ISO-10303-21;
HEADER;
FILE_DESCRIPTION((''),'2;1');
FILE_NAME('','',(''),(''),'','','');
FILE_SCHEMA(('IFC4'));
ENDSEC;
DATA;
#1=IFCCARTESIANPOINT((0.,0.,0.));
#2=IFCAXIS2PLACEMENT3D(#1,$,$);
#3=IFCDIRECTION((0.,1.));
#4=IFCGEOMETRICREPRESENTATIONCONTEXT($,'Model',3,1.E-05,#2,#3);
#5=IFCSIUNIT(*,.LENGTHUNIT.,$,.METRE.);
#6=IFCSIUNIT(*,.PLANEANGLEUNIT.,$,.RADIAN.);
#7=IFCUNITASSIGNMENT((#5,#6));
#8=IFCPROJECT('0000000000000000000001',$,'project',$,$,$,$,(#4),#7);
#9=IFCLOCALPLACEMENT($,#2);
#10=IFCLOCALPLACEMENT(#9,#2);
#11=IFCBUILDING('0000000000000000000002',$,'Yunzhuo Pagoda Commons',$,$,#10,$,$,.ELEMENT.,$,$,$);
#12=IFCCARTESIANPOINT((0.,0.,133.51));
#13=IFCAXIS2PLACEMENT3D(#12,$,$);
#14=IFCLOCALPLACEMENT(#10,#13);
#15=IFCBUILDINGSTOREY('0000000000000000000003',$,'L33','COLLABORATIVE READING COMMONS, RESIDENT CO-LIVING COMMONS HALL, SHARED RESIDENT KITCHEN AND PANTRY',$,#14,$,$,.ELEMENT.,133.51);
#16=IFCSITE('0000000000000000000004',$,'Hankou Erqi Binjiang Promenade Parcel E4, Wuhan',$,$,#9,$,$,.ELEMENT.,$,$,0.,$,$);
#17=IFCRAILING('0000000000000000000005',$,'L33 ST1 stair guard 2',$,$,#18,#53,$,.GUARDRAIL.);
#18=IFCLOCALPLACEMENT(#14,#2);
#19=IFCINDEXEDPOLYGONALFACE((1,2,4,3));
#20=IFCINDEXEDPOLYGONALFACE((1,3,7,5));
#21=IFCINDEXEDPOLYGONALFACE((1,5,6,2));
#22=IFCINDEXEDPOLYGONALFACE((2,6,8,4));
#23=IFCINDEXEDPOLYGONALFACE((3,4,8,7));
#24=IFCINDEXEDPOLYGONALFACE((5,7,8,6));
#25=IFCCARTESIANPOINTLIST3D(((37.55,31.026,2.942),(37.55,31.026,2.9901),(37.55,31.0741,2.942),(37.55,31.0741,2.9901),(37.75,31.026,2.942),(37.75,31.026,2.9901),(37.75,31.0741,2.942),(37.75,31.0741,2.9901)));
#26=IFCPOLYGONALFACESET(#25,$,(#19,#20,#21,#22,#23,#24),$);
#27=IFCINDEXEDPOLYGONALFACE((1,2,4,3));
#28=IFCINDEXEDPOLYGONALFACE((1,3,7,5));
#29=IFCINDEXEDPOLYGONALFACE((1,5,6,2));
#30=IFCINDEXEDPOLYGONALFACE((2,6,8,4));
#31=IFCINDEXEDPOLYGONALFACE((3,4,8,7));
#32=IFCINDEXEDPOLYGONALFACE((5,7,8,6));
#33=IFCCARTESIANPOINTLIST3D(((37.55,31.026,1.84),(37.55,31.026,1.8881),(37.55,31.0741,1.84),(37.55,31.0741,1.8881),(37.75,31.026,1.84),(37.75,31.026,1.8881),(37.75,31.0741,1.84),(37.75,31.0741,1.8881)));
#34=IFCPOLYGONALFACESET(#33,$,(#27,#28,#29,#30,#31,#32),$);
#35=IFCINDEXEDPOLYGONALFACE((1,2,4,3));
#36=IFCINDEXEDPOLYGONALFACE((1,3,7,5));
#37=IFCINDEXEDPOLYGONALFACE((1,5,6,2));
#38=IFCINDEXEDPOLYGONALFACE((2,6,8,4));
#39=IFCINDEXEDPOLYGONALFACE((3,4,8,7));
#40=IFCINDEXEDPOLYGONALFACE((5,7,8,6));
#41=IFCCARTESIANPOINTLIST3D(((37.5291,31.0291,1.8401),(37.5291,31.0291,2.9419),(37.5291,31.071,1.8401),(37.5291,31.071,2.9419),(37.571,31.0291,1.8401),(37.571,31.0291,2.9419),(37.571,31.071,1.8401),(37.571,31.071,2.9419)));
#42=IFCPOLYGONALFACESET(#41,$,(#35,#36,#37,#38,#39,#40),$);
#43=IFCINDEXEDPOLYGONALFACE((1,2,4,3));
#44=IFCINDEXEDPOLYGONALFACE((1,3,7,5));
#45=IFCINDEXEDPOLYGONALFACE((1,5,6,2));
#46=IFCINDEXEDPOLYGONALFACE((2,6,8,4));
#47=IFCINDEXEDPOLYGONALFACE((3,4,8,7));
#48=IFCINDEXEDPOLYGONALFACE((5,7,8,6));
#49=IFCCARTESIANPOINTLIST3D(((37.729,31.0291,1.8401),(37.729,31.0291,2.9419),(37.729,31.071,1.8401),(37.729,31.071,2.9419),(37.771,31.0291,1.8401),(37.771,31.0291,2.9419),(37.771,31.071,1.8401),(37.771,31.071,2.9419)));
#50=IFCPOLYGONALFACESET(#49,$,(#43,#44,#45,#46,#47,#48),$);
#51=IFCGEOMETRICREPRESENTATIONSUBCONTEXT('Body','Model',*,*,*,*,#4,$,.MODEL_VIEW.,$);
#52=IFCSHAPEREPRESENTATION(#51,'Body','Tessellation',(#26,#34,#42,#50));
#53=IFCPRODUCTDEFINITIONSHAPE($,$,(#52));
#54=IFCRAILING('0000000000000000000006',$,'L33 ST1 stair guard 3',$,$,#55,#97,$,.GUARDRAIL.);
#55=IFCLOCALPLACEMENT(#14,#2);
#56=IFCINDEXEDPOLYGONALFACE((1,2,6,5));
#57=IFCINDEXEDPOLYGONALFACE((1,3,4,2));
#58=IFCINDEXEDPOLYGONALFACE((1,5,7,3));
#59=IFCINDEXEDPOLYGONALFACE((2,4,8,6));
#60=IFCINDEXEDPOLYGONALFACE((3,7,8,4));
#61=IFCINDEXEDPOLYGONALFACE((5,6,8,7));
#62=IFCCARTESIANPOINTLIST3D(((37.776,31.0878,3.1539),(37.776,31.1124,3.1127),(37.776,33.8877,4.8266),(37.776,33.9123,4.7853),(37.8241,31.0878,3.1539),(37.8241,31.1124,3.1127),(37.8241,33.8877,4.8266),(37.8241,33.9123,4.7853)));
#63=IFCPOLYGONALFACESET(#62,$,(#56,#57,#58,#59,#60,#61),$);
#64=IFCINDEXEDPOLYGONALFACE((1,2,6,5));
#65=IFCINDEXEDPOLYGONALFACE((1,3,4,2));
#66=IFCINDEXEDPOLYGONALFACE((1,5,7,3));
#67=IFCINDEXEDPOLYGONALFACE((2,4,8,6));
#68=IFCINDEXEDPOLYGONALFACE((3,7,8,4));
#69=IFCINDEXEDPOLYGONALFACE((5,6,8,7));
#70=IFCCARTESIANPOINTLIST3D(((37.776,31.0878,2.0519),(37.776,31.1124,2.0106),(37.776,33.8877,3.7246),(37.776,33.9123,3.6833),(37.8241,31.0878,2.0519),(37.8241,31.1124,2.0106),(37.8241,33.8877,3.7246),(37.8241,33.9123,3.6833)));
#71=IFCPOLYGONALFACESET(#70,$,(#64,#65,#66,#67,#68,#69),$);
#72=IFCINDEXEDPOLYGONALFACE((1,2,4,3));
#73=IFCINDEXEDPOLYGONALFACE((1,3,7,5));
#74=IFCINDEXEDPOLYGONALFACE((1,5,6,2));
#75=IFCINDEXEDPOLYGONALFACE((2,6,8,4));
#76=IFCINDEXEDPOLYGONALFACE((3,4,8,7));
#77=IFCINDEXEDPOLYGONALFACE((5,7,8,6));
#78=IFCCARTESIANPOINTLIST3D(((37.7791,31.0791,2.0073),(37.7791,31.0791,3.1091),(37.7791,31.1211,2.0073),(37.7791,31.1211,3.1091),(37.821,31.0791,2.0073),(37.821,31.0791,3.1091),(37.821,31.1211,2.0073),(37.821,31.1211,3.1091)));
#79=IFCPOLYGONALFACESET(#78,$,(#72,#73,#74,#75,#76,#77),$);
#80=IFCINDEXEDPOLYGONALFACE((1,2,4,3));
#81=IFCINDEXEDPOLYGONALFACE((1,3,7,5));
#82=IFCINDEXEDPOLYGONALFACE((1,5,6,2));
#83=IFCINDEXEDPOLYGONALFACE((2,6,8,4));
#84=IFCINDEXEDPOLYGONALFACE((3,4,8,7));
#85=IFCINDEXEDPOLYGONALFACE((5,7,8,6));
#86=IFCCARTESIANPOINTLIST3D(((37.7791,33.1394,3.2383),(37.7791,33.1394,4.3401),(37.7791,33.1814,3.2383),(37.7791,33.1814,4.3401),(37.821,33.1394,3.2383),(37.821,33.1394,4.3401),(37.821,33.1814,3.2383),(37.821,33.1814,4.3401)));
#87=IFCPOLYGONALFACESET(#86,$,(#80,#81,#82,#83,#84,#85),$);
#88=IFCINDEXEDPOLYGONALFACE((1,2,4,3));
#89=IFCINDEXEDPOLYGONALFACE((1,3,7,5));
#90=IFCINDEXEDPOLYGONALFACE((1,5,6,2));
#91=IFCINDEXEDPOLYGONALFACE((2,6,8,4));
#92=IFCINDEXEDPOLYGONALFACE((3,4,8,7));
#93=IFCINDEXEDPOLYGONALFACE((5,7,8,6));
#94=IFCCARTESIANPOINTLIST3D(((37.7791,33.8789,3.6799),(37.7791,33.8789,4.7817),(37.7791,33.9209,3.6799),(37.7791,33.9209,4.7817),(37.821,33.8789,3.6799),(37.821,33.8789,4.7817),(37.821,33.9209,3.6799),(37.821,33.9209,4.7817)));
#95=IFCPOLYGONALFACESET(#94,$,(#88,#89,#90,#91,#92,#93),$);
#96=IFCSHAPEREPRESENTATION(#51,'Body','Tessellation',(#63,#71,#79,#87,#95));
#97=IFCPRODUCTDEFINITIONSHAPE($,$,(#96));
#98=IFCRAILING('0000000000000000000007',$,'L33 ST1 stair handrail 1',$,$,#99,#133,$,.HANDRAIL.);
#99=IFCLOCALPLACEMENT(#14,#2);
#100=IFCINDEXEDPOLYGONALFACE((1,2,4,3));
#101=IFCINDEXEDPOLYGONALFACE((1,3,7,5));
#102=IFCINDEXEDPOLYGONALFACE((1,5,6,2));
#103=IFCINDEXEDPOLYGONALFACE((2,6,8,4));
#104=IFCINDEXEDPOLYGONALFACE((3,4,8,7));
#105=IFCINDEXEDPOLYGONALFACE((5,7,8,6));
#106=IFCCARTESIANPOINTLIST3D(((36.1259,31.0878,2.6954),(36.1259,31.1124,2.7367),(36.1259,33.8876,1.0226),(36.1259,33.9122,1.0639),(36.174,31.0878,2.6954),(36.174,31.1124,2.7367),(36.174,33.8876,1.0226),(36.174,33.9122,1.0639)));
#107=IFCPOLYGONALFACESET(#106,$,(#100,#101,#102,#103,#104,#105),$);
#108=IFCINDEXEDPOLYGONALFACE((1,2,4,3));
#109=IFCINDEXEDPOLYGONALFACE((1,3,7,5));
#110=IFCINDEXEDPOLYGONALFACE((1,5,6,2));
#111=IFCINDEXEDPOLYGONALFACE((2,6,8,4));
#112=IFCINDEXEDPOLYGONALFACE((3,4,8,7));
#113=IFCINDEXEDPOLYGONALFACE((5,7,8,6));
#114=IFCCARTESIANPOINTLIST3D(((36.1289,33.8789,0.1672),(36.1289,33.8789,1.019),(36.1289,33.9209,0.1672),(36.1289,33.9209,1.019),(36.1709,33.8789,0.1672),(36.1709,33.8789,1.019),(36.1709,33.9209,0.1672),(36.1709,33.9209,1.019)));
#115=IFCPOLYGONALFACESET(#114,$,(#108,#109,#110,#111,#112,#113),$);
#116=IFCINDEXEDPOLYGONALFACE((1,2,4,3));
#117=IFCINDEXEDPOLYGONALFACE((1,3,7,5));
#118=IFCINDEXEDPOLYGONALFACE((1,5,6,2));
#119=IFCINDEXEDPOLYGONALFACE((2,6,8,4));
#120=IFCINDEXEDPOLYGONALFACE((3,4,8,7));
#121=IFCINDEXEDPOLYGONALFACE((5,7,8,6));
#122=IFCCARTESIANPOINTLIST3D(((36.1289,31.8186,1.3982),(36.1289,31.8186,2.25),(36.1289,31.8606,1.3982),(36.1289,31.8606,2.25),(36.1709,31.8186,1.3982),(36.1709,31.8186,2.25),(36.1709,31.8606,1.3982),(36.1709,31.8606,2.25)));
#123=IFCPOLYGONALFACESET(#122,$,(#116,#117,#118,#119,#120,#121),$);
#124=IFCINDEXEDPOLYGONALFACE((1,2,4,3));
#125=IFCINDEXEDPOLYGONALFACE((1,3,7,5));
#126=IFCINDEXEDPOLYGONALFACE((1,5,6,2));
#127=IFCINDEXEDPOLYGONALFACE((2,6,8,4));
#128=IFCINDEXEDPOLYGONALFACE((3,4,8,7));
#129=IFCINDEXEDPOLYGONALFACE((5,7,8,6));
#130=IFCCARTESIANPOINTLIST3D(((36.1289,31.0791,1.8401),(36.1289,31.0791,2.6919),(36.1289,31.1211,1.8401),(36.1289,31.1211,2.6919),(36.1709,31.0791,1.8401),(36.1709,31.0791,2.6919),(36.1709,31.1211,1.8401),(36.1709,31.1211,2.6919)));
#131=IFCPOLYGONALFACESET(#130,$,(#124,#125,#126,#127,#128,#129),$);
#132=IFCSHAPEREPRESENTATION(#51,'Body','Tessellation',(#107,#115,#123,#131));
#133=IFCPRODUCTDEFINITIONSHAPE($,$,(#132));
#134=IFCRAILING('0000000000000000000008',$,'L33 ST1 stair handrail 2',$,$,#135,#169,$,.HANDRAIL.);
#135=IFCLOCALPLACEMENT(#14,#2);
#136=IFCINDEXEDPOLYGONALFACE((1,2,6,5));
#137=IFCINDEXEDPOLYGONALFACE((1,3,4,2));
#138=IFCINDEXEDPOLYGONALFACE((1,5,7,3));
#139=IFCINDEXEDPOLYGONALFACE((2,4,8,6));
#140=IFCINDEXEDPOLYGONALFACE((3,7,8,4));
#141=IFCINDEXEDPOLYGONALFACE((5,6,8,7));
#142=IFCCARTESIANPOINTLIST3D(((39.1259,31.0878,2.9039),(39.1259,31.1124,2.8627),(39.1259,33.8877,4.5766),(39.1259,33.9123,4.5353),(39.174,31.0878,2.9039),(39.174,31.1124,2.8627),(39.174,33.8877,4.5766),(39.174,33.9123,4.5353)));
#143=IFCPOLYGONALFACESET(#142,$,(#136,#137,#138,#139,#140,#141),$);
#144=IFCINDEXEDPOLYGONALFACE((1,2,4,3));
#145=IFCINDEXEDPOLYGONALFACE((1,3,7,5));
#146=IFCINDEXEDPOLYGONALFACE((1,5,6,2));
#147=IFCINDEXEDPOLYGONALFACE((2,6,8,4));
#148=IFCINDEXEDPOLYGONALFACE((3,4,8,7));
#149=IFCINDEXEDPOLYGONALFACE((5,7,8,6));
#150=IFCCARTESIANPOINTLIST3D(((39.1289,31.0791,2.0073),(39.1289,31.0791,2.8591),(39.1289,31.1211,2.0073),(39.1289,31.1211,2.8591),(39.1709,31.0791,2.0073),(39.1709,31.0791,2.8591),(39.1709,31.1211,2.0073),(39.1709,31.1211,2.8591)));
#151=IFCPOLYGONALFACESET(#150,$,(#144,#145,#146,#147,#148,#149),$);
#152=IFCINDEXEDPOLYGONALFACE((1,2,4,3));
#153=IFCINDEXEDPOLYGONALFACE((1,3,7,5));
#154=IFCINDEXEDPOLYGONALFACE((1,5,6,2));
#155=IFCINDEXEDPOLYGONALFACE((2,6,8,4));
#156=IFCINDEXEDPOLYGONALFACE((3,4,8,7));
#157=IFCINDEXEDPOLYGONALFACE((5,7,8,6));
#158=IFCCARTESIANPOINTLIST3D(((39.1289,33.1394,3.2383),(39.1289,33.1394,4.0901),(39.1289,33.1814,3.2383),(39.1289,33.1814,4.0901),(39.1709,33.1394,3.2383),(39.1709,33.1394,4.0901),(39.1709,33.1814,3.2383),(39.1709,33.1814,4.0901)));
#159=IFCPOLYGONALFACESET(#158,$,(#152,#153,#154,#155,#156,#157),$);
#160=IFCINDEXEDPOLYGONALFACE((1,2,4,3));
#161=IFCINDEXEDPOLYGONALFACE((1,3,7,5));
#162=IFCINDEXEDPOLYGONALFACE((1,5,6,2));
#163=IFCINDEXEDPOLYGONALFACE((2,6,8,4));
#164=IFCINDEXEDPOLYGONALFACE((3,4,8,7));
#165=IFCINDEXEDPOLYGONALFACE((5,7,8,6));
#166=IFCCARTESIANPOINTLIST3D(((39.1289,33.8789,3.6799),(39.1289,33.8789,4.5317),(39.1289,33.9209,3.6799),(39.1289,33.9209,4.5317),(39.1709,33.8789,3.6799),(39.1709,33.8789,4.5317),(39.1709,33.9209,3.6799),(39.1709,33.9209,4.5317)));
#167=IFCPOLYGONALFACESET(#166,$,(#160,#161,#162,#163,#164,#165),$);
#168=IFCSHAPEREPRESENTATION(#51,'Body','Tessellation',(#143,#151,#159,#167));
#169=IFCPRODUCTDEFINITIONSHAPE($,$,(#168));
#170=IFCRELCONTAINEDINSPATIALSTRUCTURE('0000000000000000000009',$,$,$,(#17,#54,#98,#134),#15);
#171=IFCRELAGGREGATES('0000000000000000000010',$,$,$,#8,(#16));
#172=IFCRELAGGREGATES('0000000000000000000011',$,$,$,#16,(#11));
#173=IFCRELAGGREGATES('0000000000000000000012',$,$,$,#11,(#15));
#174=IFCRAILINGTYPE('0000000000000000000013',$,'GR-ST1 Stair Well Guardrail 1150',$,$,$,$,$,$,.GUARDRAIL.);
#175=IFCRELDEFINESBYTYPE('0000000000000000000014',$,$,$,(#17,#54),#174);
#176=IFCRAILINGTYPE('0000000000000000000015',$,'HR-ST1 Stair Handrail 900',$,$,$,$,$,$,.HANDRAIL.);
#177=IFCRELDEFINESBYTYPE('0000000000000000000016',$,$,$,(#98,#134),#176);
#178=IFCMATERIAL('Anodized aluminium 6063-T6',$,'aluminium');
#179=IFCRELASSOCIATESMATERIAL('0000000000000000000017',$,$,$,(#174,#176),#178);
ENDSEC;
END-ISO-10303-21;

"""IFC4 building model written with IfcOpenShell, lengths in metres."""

from ifc_helpers import new_model, si_unit, direction, frame, origin, origin_2d, place, context, subcontext, project, spatial, rectangle, extrude, material, type_object, element, save


model = new_model("IFC4")

# Units and contexts
model_context = context("Model", 3, precision=1e-05, world=origin(), true_north=direction((0.0, 1.0)))
body_context = subcontext(model_context, "Body", "Model", "MODEL_VIEW")
ifc_project = project(units=[si_unit("LENGTHUNIT", "METRE"), si_unit("PLANEANGLEUNIT", "RADIAN")], contexts=[model_context])

# Site, building, storey
site_placement = place(None, origin())
site = spatial("IfcSite", under=ifc_project, at=site_placement, Name="Hankou Erqi Binjiang Promenade Parcel E4, Wuhan", CompositionType="ELEMENT", RefElevation=0.0)
building_placement = place(site_placement, origin())
building = spatial("IfcBuilding", under=site, at=building_placement, Name="Yunzhuo Pagoda Commons", CompositionType="ELEMENT")
storey_placement = place(building_placement, frame((0.0, 0.0, 133.51)))
storey = spatial("IfcBuildingStorey", under=building, at=storey_placement, Name="L33", Description="COLLABORATIVE READING COMMONS, RESIDENT CO-LIVING COMMONS HALL, SHARED RESIDENT KITCHEN AND PANTRY", CompositionType="ELEMENT", Elevation=133.51)

# Railings
ifc_material_1 = material(Name="Anodized aluminium 6063-T6", Category="aluminium")
railing_type_1 = type_object("IfcRailingType", Name="GR-ST1 Stair Well Guardrail 1150", PredefinedType="GUARDRAIL", material=ifc_material_1)
railing_1_placement = place(storey_placement, frame((37.55, 31.05, 1.8401)))
element("IfcRailing", 1, at=railing_1_placement, inside=storey, type_object=railing_type_1, Name="L33 ST1 stair guard 2", PredefinedType="GUARDRAIL", context=body_context, shape_type="SweptSolid", body=[
    extrude(rectangle(XDim=0.0481, YDim=0.0481, at=origin_2d()), frame((0.0, 0.0, 1.126), z_axis=(1.0, 0.0, 0.0), x_axis=(0.0, 1.0, 0.0)), (0.0, 0.0, 1.0), 0.2),
    extrude(rectangle(XDim=0.0481, YDim=0.0481, at=origin_2d()), frame((0.0, 0.0, 0.0239), z_axis=(1.0, 0.0, 0.0), x_axis=(0.0, 1.0, 0.0)), (0.0, 0.0, 1.0), 0.2),
    extrude(rectangle(XDim=0.042, YDim=0.042, at=origin_2d()), origin(), (0.0, 0.0, 1.0), 1.1018),
    extrude(rectangle(XDim=0.042, YDim=0.042, at=origin_2d()), frame((0.2, 0.0, 0.0)), (0.0, 0.0, 1.0), 1.1018),
])
railing_2_placement = place(storey_placement, frame((37.8, 31.1001, 2.0073)))
element("IfcRailing", 2, at=railing_2_placement, inside=storey, type_object=railing_type_1, Name="L33 ST1 stair guard 3", PredefinedType="GUARDRAIL", context=body_context, shape_type="SweptSolid", body=[
    extrude(rectangle(XDim=0.0481, YDim=0.0481, at=origin_2d()), frame((0.0, 0.0, 1.126), z_axis=(0.0, 0.858476, 0.512855), x_axis=(-1.0, 0.0, 0.0)), (0.0, 0.0, 1.0), 3.2615),
    extrude(rectangle(XDim=0.0481, YDim=0.0481, at=origin_2d()), frame((0.0, 0.0, 0.0239), z_axis=(0.0, 0.858476, 0.512855), x_axis=(-1.0, 0.0, 0.0)), (0.0, 0.0, 1.0), 3.2615),
    extrude(rectangle(XDim=0.042, YDim=0.042, at=origin_2d()), origin(), (0.0, 0.0, 1.0), 1.1018),
    extrude(rectangle(XDim=0.042, YDim=0.042, at=origin_2d()), frame((0.0, 2.0603, 1.231)), (0.0, 0.0, 1.0), 1.1018),
    extrude(rectangle(XDim=0.042, YDim=0.042, at=origin_2d()), frame((0.0, 2.7998, 1.6726)), (0.0, 0.0, 1.0), 1.1018),
])
railing_type_2 = type_object("IfcRailingType", Name="HR-ST1 Stair Handrail 900", PredefinedType="HANDRAIL", material=ifc_material_1)
railing_3_placement = place(storey_placement, frame((36.1499, 33.8999, 0.1672)))
element("IfcRailing", 3, at=railing_3_placement, inside=storey, type_object=railing_type_2, Name="L33 ST1 stair handrail 1", PredefinedType="HANDRAIL", context=body_context, shape_type="SweptSolid", body=[
    extrude(rectangle(XDim=0.0481, YDim=0.0481, at=origin_2d()), frame((0.0, 0.0, 0.876), z_axis=(0.0, -0.858443, 0.51291), x_axis=(1.0, 0.0, 0.0)), (0.0, 0.0, 1.0), 3.2615),
    extrude(rectangle(XDim=0.042, YDim=0.042, at=origin_2d()), origin(), (0.0, 0.0, 1.0), 0.8518),
    extrude(rectangle(XDim=0.042, YDim=0.042, at=origin_2d()), frame((0.0, -2.0603, 1.231)), (0.0, 0.0, 1.0), 0.8518),
    extrude(rectangle(XDim=0.042, YDim=0.042, at=origin_2d()), frame((0.0, -2.7998, 1.6729)), (0.0, 0.0, 1.0), 0.8518),
])
railing_4_placement = place(storey_placement, frame((39.1499, 31.1001, 2.0073)))
element("IfcRailing", 4, at=railing_4_placement, inside=storey, type_object=railing_type_2, Name="L33 ST1 stair handrail 2", PredefinedType="HANDRAIL", context=body_context, shape_type="SweptSolid", body=[
    extrude(rectangle(XDim=0.0481, YDim=0.0481, at=origin_2d()), frame((0.0, 0.0, 0.876), z_axis=(0.0, 0.858476, 0.512855), x_axis=(-1.0, 0.0, 0.0)), (0.0, 0.0, 1.0), 3.2615),
    extrude(rectangle(XDim=0.042, YDim=0.042, at=origin_2d()), origin(), (0.0, 0.0, 1.0), 0.8518),
    extrude(rectangle(XDim=0.042, YDim=0.042, at=origin_2d()), frame((0.0, 2.0603, 1.231)), (0.0, 0.0, 1.0), 0.8518),
    extrude(rectangle(XDim=0.042, YDim=0.042, at=origin_2d()), frame((0.0, 2.7998, 1.6726)), (0.0, 0.0, 1.0), 0.8518),
])

save(model, "model.ifc")
